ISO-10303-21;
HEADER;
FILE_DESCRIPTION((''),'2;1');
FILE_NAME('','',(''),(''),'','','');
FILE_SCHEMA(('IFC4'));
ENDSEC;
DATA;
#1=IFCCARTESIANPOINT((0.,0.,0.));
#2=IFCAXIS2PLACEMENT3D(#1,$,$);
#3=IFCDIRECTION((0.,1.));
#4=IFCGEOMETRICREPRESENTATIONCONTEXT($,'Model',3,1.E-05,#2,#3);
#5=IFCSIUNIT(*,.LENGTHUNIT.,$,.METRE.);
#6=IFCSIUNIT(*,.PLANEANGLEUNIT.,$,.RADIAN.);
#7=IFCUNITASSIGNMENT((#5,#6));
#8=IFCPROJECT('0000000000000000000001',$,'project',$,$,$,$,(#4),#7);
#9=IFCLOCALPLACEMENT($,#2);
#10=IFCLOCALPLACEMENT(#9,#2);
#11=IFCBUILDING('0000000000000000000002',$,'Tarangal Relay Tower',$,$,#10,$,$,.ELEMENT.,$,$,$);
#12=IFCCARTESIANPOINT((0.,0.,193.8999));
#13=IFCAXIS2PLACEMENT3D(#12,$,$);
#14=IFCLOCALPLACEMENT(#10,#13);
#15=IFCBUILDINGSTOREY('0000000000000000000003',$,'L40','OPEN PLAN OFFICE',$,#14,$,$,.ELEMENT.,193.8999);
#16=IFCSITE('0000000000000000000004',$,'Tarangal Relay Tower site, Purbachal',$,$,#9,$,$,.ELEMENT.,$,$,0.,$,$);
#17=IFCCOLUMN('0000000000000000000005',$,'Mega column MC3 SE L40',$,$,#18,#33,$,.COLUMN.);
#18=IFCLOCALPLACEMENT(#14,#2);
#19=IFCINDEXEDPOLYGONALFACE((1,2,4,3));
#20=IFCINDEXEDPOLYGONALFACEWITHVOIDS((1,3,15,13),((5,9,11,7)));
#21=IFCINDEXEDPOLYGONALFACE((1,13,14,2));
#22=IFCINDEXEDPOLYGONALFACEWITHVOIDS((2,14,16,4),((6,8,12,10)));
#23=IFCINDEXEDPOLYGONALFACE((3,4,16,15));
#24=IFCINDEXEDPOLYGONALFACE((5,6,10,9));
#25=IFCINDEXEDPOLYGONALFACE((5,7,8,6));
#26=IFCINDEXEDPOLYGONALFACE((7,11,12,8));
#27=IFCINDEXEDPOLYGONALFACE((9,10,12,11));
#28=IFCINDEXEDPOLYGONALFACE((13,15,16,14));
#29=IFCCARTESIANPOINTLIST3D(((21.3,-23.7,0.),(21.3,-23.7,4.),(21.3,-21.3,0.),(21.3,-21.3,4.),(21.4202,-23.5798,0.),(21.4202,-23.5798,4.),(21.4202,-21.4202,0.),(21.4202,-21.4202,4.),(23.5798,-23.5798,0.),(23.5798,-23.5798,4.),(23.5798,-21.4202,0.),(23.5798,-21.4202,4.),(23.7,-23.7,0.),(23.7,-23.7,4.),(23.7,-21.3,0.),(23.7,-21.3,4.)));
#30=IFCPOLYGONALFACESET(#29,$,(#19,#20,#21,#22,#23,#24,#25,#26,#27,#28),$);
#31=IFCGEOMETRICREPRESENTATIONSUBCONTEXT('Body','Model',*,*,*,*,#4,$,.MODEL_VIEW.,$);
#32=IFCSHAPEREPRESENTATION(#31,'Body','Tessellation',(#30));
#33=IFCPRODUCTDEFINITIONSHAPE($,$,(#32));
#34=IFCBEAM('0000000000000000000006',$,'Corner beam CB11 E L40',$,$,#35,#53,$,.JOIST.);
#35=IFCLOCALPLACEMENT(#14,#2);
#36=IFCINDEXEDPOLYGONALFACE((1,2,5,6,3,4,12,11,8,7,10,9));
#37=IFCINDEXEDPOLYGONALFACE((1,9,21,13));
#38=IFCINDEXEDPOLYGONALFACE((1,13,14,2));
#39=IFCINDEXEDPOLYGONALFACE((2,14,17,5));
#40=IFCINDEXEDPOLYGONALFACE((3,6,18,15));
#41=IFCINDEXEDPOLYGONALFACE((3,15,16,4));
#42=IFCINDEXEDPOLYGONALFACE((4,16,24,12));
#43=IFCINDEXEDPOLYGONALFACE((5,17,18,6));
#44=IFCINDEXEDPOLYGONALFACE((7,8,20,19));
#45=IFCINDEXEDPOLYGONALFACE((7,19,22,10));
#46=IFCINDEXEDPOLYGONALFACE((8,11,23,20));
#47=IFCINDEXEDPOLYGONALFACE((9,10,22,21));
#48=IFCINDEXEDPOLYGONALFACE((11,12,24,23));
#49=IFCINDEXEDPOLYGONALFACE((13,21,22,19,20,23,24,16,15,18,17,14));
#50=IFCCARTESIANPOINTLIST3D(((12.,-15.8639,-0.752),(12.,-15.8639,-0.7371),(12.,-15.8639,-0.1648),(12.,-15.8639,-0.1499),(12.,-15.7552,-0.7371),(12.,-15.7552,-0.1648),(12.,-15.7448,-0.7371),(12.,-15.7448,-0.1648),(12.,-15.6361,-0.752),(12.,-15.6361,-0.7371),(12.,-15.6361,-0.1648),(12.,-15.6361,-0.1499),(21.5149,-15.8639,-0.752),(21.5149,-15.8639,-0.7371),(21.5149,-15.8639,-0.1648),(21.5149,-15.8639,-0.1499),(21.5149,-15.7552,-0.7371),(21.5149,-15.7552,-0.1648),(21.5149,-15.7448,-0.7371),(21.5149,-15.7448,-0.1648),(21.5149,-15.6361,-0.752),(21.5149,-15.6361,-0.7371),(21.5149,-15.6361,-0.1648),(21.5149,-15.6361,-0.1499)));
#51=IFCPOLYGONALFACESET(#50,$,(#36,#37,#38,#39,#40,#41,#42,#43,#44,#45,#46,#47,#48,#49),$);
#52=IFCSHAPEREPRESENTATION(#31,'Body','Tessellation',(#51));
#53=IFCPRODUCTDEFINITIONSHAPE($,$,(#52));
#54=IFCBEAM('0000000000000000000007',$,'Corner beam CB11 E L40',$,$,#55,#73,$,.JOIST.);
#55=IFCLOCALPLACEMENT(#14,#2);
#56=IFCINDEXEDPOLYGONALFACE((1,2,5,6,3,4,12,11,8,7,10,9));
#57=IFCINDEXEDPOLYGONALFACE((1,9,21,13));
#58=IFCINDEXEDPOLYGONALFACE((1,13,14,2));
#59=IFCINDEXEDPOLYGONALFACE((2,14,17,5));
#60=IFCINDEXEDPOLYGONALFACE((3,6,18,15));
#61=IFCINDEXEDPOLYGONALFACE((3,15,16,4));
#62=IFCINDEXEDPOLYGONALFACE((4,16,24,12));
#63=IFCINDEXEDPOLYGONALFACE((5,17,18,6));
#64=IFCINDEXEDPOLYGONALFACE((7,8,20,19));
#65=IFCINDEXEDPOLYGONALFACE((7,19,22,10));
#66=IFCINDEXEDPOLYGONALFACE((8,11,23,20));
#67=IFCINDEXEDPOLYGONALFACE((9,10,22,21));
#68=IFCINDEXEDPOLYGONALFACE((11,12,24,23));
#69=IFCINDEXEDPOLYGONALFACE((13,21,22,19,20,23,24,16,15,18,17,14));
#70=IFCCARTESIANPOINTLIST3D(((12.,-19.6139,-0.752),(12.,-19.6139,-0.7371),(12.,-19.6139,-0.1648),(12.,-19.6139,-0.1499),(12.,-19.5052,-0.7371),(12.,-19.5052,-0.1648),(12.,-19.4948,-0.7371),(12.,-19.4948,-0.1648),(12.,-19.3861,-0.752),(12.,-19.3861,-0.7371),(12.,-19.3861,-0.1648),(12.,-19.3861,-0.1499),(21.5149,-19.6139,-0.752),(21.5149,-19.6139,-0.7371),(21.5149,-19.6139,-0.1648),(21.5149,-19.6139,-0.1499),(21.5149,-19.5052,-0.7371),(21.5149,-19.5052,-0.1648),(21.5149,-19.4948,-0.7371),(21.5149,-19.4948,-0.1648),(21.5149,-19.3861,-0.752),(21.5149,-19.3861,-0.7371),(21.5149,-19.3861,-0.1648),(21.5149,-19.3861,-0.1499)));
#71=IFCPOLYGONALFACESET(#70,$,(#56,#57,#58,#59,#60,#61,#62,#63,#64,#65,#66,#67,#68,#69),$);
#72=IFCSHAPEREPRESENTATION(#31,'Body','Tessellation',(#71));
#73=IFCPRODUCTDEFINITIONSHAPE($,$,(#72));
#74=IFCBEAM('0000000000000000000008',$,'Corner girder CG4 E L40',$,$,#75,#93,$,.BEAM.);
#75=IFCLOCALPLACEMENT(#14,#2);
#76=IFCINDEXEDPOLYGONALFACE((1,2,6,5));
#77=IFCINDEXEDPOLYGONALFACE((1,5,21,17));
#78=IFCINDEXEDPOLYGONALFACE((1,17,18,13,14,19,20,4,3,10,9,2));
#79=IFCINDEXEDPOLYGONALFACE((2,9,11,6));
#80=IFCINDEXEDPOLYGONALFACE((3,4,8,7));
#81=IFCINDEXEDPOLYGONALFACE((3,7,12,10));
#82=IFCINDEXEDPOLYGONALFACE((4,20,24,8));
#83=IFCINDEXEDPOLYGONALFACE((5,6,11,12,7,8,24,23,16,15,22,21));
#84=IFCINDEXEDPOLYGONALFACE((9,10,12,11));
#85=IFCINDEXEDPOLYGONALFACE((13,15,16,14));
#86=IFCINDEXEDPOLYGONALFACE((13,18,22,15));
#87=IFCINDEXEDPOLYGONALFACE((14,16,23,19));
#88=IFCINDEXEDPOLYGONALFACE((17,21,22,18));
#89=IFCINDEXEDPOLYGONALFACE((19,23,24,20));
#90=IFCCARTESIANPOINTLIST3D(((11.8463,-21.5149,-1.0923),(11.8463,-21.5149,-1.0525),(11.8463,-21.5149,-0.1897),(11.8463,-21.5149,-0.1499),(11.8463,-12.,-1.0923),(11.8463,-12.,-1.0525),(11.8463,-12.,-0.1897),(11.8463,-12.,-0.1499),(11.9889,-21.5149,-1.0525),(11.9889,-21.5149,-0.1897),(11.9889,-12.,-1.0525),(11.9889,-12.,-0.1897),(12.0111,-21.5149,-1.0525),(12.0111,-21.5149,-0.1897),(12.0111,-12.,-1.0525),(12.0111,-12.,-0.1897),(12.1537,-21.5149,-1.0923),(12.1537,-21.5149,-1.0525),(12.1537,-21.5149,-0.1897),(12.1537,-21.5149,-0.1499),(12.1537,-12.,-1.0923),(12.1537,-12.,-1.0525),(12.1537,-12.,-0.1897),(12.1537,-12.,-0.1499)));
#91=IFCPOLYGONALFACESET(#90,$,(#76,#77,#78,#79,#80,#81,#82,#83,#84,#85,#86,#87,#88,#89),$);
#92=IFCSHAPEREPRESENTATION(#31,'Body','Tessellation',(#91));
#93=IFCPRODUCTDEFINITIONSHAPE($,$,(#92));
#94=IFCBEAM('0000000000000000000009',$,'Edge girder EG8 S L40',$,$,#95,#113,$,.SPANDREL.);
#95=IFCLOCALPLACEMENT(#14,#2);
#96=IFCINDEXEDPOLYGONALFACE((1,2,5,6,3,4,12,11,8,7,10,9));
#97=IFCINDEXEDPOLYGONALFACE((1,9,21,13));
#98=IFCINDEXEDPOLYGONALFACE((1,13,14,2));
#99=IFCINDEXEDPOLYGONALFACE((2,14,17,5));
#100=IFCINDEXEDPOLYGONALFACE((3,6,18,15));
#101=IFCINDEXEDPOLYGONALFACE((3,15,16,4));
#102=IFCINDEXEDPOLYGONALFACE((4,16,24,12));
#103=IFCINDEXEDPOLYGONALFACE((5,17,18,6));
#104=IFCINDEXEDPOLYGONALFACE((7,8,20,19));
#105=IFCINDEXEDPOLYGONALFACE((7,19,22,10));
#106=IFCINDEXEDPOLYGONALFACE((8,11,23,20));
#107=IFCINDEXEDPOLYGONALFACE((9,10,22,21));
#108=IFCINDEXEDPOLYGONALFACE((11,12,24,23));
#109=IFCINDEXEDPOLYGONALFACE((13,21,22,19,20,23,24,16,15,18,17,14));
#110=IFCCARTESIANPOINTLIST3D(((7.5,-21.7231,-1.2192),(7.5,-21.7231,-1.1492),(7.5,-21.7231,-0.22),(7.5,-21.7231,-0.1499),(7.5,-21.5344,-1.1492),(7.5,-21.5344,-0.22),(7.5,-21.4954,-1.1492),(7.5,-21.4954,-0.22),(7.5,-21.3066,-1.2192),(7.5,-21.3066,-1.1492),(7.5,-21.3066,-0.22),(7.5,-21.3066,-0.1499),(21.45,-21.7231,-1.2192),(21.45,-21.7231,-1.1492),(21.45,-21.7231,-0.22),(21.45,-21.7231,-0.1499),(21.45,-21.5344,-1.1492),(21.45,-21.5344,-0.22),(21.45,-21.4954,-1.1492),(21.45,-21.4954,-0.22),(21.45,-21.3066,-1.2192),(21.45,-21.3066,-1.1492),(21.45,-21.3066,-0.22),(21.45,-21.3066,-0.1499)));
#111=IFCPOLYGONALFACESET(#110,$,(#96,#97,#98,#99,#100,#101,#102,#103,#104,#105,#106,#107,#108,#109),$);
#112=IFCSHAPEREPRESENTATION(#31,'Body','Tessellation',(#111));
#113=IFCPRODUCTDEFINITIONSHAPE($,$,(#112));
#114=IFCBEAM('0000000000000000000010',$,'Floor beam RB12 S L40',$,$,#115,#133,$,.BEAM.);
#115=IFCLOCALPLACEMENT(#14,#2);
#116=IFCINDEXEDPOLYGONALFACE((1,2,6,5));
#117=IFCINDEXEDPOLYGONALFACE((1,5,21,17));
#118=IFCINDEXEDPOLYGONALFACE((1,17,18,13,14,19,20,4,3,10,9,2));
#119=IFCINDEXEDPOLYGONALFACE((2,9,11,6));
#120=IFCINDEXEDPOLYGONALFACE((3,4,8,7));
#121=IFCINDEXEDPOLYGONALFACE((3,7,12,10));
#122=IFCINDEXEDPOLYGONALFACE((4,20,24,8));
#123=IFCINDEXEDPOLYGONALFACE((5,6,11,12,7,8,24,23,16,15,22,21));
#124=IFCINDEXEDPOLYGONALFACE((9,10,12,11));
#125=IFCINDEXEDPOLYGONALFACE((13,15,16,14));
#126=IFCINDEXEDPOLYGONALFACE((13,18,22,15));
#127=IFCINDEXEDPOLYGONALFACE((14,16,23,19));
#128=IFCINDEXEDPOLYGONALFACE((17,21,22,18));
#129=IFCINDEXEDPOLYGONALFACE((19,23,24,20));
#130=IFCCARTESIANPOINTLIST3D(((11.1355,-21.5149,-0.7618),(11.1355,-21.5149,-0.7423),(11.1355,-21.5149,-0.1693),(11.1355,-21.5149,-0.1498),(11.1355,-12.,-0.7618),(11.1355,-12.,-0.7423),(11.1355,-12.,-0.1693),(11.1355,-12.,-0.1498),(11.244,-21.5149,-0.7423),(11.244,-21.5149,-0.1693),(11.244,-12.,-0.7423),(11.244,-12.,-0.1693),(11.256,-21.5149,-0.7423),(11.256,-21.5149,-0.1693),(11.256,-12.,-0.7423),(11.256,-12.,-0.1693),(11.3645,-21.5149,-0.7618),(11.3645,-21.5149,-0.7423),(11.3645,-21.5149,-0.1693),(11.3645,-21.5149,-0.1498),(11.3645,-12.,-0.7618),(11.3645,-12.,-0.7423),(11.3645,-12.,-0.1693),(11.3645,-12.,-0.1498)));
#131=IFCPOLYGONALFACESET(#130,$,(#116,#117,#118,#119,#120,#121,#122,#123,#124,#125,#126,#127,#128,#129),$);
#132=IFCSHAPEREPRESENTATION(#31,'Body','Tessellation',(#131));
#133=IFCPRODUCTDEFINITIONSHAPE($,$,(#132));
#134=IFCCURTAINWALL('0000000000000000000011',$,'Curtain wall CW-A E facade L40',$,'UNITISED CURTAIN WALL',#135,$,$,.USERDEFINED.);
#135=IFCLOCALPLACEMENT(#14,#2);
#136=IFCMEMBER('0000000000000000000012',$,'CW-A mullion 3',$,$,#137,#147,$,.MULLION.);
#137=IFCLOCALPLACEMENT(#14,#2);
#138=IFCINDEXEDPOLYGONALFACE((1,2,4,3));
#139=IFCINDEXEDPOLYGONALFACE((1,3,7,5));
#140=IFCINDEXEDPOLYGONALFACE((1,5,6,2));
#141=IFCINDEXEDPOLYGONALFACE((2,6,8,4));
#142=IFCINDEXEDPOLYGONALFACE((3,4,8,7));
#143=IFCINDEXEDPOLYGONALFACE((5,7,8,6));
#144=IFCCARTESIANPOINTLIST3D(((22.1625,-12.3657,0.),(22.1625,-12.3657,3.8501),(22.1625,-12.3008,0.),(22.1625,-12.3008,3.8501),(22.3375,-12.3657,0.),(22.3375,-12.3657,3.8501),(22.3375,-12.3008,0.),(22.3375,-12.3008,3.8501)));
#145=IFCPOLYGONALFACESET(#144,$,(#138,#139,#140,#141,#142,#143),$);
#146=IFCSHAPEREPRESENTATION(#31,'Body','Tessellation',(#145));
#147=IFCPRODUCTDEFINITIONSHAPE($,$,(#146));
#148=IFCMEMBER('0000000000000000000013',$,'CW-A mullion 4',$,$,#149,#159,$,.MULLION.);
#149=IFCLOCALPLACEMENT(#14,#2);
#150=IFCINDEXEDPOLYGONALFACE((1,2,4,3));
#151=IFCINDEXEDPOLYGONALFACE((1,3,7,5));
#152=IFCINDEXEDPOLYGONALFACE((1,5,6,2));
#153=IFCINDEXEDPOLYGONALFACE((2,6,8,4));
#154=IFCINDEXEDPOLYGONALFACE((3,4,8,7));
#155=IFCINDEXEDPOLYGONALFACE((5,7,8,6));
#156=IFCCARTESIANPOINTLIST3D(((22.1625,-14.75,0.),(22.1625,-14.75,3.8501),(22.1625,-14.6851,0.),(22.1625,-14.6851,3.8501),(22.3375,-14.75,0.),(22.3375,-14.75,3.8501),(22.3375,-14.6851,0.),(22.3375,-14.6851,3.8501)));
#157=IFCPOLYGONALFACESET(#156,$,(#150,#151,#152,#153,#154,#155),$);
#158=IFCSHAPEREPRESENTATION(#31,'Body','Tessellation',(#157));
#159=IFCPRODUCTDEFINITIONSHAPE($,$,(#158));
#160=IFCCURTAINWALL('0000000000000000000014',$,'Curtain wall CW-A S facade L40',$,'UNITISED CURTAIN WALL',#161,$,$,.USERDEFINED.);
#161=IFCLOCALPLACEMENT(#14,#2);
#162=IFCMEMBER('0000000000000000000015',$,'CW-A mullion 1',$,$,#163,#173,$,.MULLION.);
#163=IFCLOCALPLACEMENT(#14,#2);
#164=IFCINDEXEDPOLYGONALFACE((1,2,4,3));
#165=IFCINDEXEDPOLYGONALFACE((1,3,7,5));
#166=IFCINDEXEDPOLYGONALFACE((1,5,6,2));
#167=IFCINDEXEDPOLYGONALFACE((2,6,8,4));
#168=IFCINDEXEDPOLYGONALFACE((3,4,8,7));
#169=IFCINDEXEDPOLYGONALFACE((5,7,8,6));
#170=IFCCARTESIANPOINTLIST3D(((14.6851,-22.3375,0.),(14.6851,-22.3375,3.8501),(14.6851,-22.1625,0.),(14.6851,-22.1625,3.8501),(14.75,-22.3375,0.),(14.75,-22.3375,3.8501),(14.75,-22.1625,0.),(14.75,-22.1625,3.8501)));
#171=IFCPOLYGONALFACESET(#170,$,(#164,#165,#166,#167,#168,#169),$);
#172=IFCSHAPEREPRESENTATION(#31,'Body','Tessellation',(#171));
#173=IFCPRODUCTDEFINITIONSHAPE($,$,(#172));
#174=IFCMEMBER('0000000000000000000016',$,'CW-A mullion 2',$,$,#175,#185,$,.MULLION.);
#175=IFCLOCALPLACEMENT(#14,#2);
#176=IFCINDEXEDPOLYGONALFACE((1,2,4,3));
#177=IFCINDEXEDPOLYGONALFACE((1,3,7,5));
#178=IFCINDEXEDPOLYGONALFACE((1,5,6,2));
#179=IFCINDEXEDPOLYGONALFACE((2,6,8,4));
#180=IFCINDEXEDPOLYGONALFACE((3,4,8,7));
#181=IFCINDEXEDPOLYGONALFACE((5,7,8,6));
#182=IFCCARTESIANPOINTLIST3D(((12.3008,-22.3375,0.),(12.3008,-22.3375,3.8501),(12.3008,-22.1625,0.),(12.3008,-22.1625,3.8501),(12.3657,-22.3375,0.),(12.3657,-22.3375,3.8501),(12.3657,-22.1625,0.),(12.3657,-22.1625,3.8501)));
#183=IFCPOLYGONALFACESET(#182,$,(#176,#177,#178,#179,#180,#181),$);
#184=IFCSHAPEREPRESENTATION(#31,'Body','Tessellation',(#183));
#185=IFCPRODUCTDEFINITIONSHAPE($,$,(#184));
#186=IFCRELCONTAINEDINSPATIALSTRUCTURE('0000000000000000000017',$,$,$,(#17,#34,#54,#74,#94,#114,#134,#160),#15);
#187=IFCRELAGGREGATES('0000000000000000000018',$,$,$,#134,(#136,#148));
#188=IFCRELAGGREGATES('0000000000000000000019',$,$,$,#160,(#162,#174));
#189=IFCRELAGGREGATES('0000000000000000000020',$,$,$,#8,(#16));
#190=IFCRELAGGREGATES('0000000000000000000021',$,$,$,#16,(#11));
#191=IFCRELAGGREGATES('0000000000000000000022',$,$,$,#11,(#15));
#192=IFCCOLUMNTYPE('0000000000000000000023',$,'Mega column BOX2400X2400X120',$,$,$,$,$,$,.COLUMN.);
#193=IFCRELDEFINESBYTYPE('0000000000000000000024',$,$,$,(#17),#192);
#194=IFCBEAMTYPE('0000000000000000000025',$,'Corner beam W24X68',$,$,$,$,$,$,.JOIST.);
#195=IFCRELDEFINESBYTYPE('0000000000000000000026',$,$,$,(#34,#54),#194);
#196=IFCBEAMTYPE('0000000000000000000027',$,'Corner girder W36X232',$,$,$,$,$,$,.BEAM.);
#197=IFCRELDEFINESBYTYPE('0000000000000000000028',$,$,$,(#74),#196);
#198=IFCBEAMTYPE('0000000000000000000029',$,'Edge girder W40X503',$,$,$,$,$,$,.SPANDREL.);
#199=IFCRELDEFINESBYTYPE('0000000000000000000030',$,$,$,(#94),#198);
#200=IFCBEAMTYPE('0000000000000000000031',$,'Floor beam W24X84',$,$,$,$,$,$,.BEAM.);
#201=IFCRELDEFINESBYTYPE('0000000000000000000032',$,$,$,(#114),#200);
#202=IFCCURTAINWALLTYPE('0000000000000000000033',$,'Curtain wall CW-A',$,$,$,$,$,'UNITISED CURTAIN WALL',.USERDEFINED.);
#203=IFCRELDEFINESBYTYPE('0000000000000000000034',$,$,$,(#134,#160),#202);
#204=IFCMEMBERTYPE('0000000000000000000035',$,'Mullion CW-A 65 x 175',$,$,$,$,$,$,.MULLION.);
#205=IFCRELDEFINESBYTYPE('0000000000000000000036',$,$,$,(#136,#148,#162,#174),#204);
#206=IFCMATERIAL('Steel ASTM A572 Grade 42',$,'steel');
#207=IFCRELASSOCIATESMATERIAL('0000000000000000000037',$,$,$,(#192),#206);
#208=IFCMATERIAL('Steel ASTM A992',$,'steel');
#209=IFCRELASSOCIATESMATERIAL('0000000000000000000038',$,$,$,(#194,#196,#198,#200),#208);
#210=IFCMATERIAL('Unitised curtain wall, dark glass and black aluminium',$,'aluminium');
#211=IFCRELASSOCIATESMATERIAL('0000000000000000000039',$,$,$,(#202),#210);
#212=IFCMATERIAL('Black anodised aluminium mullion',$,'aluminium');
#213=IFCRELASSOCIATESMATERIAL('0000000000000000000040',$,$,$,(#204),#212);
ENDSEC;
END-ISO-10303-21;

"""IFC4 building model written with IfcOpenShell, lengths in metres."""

from ifc_helpers import new_model, si_unit, direction, frame, origin, origin_2d, place, context, subcontext, project, spatial, rectangle, hollow_rectangle, i_section, extrude, material, material_profile, profile_set, type_object, element, aggregate, save


model = new_model("IFC4")

# Units and contexts
model_context = context("Model", 3, precision=1e-05, world=origin(), true_north=direction((0.0, 1.0)))
body_context = subcontext(model_context, "Body", "Model", "MODEL_VIEW")
ifc_project = project(units=[si_unit("LENGTHUNIT", "METRE"), si_unit("PLANEANGLEUNIT", "RADIAN")], contexts=[model_context])

# Site, building, storey
site_placement = place(None, origin())
site = spatial("IfcSite", under=ifc_project, at=site_placement, Name="Tarangal Relay Tower site, Purbachal", CompositionType="ELEMENT", RefElevation=0.0)
building_placement = place(site_placement, origin())
building = spatial("IfcBuilding", under=site, at=building_placement, Name="Tarangal Relay Tower", CompositionType="ELEMENT")
storey_placement = place(building_placement, frame((0.0, 0.0, 193.8999)))
storey = spatial("IfcBuildingStorey", under=building, at=storey_placement, Name="L40", Description="OPEN PLAN OFFICE", CompositionType="ELEMENT", Elevation=193.8999)

# Column
ifc_material_1 = material(Name="Steel ASTM A572 Grade 42", Category="steel")
ifc_material_profile_1 = material_profile(ifc_material_1, hollow_rectangle(XDim=2.3999, YDim=2.3999, WallThickness=0.1201, at=origin_2d()), Name="BOX2400X2400X120")
ifc_profile_set_1 = profile_set([ifc_material_profile_1], Name="Steel ASTM A572 Grade 42")
column_type = type_object("IfcColumnType", Name="Mega column BOX2400X2400X120", PredefinedType="COLUMN", material=ifc_profile_set_1)
column_placement = place(storey_placement, frame((22.5, -22.5, 0.0), z_axis=(0.0, 0.0, 1.0), x_axis=(1.0, 0.0, 0.0)))
element("IfcColumn", 1, at=column_placement, inside=storey, type_object=column_type, Name="Mega column MC3 SE L40", PredefinedType="COLUMN", context=body_context, shape_type="SweptSolid", body=[
    extrude(hollow_rectangle(XDim=2.3999, YDim=2.3999, WallThickness=0.1201, at=origin_2d()), origin(), (0.0, 0.0, 1.0), 4.0),
])

# Beams
ifc_material_2 = material(Name="Steel ASTM A992", Category="steel")
ifc_material_profile_2 = material_profile(ifc_material_2, i_section(OverallWidth=0.2278, OverallDepth=0.6021, WebThickness=0.0105, FlangeThickness=0.0149, at=origin_2d()), Name="W24X68")
ifc_profile_set_2 = profile_set([ifc_material_profile_2], Name="Steel ASTM A992")
beam_type_1 = type_object("IfcBeamType", Name="Corner beam W24X68", PredefinedType="JOIST", material=ifc_profile_set_2)
for number, where, z_axis, x_axis, name in (
    (2, (12.0, -15.75, -0.4509), (1.0, 0.0, 0.0), (0.0, 1.0, 0.0), "Corner beam CB11 E L40"),
    (3, (12.0, -19.5, -0.4509), (1.0, 0.0, 0.0), (0.0, 1.0, 0.0), "Corner beam CB11 E L40"),
):
    element("IfcBeam", number, at=place(storey_placement, frame(where, z_axis=z_axis, x_axis=x_axis)), inside=storey, type_object=beam_type_1, Name=name, PredefinedType="JOIST", context=body_context, shape_type="SweptSolid", body=[
        extrude(i_section(OverallWidth=0.2278, OverallDepth=0.6021, WebThickness=0.0105, FlangeThickness=0.0149, at=origin_2d()), origin(), (0.0, 0.0, 1.0), 9.5149),
    ])
ifc_material_profile_3 = material_profile(ifc_material_2, i_section(OverallWidth=0.3074, OverallDepth=0.9424, WebThickness=0.0222, FlangeThickness=0.0398, at=origin_2d()), Name="W36X232")
ifc_profile_set_3 = profile_set([ifc_material_profile_3], Name="Steel ASTM A992")
beam_type_2 = type_object("IfcBeamType", Name="Corner girder W36X232", PredefinedType="BEAM", material=ifc_profile_set_3)
beam_1_placement = place(storey_placement, frame((12.0, -12.0, -0.6211), z_axis=(0.0, -1.0, 0.0), x_axis=(1.0, 0.0, 0.0)))
element("IfcBeam", 4, at=beam_1_placement, inside=storey, type_object=beam_type_2, Name="Corner girder CG4 E L40", PredefinedType="BEAM", context=body_context, shape_type="SweptSolid", body=[
    extrude(i_section(OverallWidth=0.3074, OverallDepth=0.9424, WebThickness=0.0222, FlangeThickness=0.0398, at=origin_2d()), origin(), (0.0, 0.0, 1.0), 9.5149),
])
ifc_material_profile_4 = material_profile(ifc_material_2, i_section(OverallWidth=0.4165, OverallDepth=1.0693, WebThickness=0.0391, FlangeThickness=0.0701, at=origin_2d()), Name="W40X503")
ifc_profile_set_4 = profile_set([ifc_material_profile_4], Name="Steel ASTM A992")
beam_type_3 = type_object("IfcBeamType", Name="Edge girder W40X503", PredefinedType="SPANDREL", material=ifc_profile_set_4)
beam_2_placement = place(storey_placement, frame((21.45, -21.5149, -0.6846), z_axis=(-1.0, 0.0, 0.0), x_axis=(0.0, -1.0, 0.0)))
element("IfcBeam", 5, at=beam_2_placement, inside=storey, type_object=beam_type_3, Name="Edge girder EG8 S L40", PredefinedType="SPANDREL", context=body_context, shape_type="SweptSolid", body=[
    extrude(i_section(OverallWidth=0.4165, OverallDepth=1.0693, WebThickness=0.0391, FlangeThickness=0.0701, at=origin_2d()), origin(), (0.0, 0.0, 1.0), 13.95),
])
ifc_material_profile_5 = material_profile(ifc_material_2, i_section(OverallWidth=0.229, OverallDepth=0.6121, WebThickness=0.012, FlangeThickness=0.0195, at=origin_2d()), Name="W24X84")
ifc_profile_set_5 = profile_set([ifc_material_profile_5], Name="Steel ASTM A992")
beam_type_4 = type_object("IfcBeamType", Name="Floor beam W24X84", PredefinedType="BEAM", material=ifc_profile_set_5)
beam_3_placement = place(storey_placement, frame((11.25, -12.0, -0.4558), z_axis=(0.0, -1.0, 0.0), x_axis=(1.0, 0.0, 0.0)))
element("IfcBeam", 6, at=beam_3_placement, inside=storey, type_object=beam_type_4, Name="Floor beam RB12 S L40", PredefinedType="BEAM", context=body_context, shape_type="SweptSolid", body=[
    extrude(i_section(OverallWidth=0.229, OverallDepth=0.6121, WebThickness=0.012, FlangeThickness=0.0195, at=origin_2d()), origin(), (0.0, 0.0, 1.0), 9.5149),
])

# Curtain walls, members
ifc_material_3 = material(Name="Unitised curtain wall, dark glass and black aluminium", Category="aluminium")
curtain_wall_type = type_object("IfcCurtainWallType", Name="Curtain wall CW-A", ElementType="UNITISED CURTAIN WALL", PredefinedType="USERDEFINED", material=ifc_material_3)
curtain_wall_1_placement = place(storey_placement, origin())
curtain_wall_1 = element("IfcCurtainWall", 7, at=curtain_wall_1_placement, inside=storey, type_object=curtain_wall_type, Name="Curtain wall CW-A E facade L40", ObjectType="UNITISED CURTAIN WALL", PredefinedType="USERDEFINED")
ifc_material_4 = material(Name="Black anodised aluminium mullion", Category="aluminium")
ifc_material_profile_6 = material_profile(ifc_material_4, rectangle(XDim=0.175, YDim=0.0649, at=origin_2d()), Name="CW-AM 65X175")
ifc_profile_set_6 = profile_set([ifc_material_profile_6], Name="Black anodised aluminium mullion")
member_type_1 = type_object("IfcMemberType", Name="Mullion CW-A 65 x 175", PredefinedType="MULLION", material=ifc_profile_set_6)
member_1_placement = place(storey_placement, frame((22.25, -12.3333, 0.0), z_axis=(0.0, 0.0, 1.0), x_axis=(1.0, 0.0, 0.0)))
member_1 = element("IfcMember", 8, at=member_1_placement, type_object=member_type_1, Name="CW-A mullion 3", PredefinedType="MULLION", context=body_context, shape_type="SweptSolid", body=[
    extrude(rectangle(XDim=0.175, YDim=0.0649, at=origin_2d()), origin(), (0.0, 0.0, 1.0), 3.8501),
])
member_2_placement = place(storey_placement, frame((22.25, -14.7175, 0.0), z_axis=(0.0, 0.0, 1.0), x_axis=(1.0, 0.0, 0.0)))
member_2 = element("IfcMember", 9, at=member_2_placement, type_object=member_type_1, Name="CW-A mullion 4", PredefinedType="MULLION", context=body_context, shape_type="SweptSolid", body=[
    extrude(rectangle(XDim=0.175, YDim=0.0649, at=origin_2d()), origin(), (0.0, 0.0, 1.0), 3.8501),
])
curtain_wall_2_placement = place(storey_placement, origin())
curtain_wall_2 = element("IfcCurtainWall", 10, at=curtain_wall_2_placement, inside=storey, type_object=curtain_wall_type, Name="Curtain wall CW-A S facade L40", ObjectType="UNITISED CURTAIN WALL", PredefinedType="USERDEFINED")
member_3_placement = place(storey_placement, frame((14.7175, -22.25, 0.0), z_axis=(0.0, 0.0, 1.0), x_axis=(0.0, -1.0, 0.0)))
member_3 = element("IfcMember", 11, at=member_3_placement, type_object=member_type_1, Name="CW-A mullion 1", PredefinedType="MULLION", context=body_context, shape_type="SweptSolid", body=[
    extrude(rectangle(XDim=0.175, YDim=0.0649, at=origin_2d()), origin(), (0.0, 0.0, 1.0), 3.8501),
])
member_4_placement = place(storey_placement, frame((12.3333, -22.25, 0.0), z_axis=(0.0, 0.0, 1.0), x_axis=(0.0, -1.0, 0.0)))
member_4 = element("IfcMember", 12, at=member_4_placement, type_object=member_type_1, Name="CW-A mullion 2", PredefinedType="MULLION", context=body_context, shape_type="SweptSolid", body=[
    extrude(rectangle(XDim=0.175, YDim=0.0649, at=origin_2d()), origin(), (0.0, 0.0, 1.0), 3.8501),
])

aggregate(curtain_wall_1, [member_1, member_2])
aggregate(curtain_wall_2, [member_3, member_4])

save(model, "model.ifc")
